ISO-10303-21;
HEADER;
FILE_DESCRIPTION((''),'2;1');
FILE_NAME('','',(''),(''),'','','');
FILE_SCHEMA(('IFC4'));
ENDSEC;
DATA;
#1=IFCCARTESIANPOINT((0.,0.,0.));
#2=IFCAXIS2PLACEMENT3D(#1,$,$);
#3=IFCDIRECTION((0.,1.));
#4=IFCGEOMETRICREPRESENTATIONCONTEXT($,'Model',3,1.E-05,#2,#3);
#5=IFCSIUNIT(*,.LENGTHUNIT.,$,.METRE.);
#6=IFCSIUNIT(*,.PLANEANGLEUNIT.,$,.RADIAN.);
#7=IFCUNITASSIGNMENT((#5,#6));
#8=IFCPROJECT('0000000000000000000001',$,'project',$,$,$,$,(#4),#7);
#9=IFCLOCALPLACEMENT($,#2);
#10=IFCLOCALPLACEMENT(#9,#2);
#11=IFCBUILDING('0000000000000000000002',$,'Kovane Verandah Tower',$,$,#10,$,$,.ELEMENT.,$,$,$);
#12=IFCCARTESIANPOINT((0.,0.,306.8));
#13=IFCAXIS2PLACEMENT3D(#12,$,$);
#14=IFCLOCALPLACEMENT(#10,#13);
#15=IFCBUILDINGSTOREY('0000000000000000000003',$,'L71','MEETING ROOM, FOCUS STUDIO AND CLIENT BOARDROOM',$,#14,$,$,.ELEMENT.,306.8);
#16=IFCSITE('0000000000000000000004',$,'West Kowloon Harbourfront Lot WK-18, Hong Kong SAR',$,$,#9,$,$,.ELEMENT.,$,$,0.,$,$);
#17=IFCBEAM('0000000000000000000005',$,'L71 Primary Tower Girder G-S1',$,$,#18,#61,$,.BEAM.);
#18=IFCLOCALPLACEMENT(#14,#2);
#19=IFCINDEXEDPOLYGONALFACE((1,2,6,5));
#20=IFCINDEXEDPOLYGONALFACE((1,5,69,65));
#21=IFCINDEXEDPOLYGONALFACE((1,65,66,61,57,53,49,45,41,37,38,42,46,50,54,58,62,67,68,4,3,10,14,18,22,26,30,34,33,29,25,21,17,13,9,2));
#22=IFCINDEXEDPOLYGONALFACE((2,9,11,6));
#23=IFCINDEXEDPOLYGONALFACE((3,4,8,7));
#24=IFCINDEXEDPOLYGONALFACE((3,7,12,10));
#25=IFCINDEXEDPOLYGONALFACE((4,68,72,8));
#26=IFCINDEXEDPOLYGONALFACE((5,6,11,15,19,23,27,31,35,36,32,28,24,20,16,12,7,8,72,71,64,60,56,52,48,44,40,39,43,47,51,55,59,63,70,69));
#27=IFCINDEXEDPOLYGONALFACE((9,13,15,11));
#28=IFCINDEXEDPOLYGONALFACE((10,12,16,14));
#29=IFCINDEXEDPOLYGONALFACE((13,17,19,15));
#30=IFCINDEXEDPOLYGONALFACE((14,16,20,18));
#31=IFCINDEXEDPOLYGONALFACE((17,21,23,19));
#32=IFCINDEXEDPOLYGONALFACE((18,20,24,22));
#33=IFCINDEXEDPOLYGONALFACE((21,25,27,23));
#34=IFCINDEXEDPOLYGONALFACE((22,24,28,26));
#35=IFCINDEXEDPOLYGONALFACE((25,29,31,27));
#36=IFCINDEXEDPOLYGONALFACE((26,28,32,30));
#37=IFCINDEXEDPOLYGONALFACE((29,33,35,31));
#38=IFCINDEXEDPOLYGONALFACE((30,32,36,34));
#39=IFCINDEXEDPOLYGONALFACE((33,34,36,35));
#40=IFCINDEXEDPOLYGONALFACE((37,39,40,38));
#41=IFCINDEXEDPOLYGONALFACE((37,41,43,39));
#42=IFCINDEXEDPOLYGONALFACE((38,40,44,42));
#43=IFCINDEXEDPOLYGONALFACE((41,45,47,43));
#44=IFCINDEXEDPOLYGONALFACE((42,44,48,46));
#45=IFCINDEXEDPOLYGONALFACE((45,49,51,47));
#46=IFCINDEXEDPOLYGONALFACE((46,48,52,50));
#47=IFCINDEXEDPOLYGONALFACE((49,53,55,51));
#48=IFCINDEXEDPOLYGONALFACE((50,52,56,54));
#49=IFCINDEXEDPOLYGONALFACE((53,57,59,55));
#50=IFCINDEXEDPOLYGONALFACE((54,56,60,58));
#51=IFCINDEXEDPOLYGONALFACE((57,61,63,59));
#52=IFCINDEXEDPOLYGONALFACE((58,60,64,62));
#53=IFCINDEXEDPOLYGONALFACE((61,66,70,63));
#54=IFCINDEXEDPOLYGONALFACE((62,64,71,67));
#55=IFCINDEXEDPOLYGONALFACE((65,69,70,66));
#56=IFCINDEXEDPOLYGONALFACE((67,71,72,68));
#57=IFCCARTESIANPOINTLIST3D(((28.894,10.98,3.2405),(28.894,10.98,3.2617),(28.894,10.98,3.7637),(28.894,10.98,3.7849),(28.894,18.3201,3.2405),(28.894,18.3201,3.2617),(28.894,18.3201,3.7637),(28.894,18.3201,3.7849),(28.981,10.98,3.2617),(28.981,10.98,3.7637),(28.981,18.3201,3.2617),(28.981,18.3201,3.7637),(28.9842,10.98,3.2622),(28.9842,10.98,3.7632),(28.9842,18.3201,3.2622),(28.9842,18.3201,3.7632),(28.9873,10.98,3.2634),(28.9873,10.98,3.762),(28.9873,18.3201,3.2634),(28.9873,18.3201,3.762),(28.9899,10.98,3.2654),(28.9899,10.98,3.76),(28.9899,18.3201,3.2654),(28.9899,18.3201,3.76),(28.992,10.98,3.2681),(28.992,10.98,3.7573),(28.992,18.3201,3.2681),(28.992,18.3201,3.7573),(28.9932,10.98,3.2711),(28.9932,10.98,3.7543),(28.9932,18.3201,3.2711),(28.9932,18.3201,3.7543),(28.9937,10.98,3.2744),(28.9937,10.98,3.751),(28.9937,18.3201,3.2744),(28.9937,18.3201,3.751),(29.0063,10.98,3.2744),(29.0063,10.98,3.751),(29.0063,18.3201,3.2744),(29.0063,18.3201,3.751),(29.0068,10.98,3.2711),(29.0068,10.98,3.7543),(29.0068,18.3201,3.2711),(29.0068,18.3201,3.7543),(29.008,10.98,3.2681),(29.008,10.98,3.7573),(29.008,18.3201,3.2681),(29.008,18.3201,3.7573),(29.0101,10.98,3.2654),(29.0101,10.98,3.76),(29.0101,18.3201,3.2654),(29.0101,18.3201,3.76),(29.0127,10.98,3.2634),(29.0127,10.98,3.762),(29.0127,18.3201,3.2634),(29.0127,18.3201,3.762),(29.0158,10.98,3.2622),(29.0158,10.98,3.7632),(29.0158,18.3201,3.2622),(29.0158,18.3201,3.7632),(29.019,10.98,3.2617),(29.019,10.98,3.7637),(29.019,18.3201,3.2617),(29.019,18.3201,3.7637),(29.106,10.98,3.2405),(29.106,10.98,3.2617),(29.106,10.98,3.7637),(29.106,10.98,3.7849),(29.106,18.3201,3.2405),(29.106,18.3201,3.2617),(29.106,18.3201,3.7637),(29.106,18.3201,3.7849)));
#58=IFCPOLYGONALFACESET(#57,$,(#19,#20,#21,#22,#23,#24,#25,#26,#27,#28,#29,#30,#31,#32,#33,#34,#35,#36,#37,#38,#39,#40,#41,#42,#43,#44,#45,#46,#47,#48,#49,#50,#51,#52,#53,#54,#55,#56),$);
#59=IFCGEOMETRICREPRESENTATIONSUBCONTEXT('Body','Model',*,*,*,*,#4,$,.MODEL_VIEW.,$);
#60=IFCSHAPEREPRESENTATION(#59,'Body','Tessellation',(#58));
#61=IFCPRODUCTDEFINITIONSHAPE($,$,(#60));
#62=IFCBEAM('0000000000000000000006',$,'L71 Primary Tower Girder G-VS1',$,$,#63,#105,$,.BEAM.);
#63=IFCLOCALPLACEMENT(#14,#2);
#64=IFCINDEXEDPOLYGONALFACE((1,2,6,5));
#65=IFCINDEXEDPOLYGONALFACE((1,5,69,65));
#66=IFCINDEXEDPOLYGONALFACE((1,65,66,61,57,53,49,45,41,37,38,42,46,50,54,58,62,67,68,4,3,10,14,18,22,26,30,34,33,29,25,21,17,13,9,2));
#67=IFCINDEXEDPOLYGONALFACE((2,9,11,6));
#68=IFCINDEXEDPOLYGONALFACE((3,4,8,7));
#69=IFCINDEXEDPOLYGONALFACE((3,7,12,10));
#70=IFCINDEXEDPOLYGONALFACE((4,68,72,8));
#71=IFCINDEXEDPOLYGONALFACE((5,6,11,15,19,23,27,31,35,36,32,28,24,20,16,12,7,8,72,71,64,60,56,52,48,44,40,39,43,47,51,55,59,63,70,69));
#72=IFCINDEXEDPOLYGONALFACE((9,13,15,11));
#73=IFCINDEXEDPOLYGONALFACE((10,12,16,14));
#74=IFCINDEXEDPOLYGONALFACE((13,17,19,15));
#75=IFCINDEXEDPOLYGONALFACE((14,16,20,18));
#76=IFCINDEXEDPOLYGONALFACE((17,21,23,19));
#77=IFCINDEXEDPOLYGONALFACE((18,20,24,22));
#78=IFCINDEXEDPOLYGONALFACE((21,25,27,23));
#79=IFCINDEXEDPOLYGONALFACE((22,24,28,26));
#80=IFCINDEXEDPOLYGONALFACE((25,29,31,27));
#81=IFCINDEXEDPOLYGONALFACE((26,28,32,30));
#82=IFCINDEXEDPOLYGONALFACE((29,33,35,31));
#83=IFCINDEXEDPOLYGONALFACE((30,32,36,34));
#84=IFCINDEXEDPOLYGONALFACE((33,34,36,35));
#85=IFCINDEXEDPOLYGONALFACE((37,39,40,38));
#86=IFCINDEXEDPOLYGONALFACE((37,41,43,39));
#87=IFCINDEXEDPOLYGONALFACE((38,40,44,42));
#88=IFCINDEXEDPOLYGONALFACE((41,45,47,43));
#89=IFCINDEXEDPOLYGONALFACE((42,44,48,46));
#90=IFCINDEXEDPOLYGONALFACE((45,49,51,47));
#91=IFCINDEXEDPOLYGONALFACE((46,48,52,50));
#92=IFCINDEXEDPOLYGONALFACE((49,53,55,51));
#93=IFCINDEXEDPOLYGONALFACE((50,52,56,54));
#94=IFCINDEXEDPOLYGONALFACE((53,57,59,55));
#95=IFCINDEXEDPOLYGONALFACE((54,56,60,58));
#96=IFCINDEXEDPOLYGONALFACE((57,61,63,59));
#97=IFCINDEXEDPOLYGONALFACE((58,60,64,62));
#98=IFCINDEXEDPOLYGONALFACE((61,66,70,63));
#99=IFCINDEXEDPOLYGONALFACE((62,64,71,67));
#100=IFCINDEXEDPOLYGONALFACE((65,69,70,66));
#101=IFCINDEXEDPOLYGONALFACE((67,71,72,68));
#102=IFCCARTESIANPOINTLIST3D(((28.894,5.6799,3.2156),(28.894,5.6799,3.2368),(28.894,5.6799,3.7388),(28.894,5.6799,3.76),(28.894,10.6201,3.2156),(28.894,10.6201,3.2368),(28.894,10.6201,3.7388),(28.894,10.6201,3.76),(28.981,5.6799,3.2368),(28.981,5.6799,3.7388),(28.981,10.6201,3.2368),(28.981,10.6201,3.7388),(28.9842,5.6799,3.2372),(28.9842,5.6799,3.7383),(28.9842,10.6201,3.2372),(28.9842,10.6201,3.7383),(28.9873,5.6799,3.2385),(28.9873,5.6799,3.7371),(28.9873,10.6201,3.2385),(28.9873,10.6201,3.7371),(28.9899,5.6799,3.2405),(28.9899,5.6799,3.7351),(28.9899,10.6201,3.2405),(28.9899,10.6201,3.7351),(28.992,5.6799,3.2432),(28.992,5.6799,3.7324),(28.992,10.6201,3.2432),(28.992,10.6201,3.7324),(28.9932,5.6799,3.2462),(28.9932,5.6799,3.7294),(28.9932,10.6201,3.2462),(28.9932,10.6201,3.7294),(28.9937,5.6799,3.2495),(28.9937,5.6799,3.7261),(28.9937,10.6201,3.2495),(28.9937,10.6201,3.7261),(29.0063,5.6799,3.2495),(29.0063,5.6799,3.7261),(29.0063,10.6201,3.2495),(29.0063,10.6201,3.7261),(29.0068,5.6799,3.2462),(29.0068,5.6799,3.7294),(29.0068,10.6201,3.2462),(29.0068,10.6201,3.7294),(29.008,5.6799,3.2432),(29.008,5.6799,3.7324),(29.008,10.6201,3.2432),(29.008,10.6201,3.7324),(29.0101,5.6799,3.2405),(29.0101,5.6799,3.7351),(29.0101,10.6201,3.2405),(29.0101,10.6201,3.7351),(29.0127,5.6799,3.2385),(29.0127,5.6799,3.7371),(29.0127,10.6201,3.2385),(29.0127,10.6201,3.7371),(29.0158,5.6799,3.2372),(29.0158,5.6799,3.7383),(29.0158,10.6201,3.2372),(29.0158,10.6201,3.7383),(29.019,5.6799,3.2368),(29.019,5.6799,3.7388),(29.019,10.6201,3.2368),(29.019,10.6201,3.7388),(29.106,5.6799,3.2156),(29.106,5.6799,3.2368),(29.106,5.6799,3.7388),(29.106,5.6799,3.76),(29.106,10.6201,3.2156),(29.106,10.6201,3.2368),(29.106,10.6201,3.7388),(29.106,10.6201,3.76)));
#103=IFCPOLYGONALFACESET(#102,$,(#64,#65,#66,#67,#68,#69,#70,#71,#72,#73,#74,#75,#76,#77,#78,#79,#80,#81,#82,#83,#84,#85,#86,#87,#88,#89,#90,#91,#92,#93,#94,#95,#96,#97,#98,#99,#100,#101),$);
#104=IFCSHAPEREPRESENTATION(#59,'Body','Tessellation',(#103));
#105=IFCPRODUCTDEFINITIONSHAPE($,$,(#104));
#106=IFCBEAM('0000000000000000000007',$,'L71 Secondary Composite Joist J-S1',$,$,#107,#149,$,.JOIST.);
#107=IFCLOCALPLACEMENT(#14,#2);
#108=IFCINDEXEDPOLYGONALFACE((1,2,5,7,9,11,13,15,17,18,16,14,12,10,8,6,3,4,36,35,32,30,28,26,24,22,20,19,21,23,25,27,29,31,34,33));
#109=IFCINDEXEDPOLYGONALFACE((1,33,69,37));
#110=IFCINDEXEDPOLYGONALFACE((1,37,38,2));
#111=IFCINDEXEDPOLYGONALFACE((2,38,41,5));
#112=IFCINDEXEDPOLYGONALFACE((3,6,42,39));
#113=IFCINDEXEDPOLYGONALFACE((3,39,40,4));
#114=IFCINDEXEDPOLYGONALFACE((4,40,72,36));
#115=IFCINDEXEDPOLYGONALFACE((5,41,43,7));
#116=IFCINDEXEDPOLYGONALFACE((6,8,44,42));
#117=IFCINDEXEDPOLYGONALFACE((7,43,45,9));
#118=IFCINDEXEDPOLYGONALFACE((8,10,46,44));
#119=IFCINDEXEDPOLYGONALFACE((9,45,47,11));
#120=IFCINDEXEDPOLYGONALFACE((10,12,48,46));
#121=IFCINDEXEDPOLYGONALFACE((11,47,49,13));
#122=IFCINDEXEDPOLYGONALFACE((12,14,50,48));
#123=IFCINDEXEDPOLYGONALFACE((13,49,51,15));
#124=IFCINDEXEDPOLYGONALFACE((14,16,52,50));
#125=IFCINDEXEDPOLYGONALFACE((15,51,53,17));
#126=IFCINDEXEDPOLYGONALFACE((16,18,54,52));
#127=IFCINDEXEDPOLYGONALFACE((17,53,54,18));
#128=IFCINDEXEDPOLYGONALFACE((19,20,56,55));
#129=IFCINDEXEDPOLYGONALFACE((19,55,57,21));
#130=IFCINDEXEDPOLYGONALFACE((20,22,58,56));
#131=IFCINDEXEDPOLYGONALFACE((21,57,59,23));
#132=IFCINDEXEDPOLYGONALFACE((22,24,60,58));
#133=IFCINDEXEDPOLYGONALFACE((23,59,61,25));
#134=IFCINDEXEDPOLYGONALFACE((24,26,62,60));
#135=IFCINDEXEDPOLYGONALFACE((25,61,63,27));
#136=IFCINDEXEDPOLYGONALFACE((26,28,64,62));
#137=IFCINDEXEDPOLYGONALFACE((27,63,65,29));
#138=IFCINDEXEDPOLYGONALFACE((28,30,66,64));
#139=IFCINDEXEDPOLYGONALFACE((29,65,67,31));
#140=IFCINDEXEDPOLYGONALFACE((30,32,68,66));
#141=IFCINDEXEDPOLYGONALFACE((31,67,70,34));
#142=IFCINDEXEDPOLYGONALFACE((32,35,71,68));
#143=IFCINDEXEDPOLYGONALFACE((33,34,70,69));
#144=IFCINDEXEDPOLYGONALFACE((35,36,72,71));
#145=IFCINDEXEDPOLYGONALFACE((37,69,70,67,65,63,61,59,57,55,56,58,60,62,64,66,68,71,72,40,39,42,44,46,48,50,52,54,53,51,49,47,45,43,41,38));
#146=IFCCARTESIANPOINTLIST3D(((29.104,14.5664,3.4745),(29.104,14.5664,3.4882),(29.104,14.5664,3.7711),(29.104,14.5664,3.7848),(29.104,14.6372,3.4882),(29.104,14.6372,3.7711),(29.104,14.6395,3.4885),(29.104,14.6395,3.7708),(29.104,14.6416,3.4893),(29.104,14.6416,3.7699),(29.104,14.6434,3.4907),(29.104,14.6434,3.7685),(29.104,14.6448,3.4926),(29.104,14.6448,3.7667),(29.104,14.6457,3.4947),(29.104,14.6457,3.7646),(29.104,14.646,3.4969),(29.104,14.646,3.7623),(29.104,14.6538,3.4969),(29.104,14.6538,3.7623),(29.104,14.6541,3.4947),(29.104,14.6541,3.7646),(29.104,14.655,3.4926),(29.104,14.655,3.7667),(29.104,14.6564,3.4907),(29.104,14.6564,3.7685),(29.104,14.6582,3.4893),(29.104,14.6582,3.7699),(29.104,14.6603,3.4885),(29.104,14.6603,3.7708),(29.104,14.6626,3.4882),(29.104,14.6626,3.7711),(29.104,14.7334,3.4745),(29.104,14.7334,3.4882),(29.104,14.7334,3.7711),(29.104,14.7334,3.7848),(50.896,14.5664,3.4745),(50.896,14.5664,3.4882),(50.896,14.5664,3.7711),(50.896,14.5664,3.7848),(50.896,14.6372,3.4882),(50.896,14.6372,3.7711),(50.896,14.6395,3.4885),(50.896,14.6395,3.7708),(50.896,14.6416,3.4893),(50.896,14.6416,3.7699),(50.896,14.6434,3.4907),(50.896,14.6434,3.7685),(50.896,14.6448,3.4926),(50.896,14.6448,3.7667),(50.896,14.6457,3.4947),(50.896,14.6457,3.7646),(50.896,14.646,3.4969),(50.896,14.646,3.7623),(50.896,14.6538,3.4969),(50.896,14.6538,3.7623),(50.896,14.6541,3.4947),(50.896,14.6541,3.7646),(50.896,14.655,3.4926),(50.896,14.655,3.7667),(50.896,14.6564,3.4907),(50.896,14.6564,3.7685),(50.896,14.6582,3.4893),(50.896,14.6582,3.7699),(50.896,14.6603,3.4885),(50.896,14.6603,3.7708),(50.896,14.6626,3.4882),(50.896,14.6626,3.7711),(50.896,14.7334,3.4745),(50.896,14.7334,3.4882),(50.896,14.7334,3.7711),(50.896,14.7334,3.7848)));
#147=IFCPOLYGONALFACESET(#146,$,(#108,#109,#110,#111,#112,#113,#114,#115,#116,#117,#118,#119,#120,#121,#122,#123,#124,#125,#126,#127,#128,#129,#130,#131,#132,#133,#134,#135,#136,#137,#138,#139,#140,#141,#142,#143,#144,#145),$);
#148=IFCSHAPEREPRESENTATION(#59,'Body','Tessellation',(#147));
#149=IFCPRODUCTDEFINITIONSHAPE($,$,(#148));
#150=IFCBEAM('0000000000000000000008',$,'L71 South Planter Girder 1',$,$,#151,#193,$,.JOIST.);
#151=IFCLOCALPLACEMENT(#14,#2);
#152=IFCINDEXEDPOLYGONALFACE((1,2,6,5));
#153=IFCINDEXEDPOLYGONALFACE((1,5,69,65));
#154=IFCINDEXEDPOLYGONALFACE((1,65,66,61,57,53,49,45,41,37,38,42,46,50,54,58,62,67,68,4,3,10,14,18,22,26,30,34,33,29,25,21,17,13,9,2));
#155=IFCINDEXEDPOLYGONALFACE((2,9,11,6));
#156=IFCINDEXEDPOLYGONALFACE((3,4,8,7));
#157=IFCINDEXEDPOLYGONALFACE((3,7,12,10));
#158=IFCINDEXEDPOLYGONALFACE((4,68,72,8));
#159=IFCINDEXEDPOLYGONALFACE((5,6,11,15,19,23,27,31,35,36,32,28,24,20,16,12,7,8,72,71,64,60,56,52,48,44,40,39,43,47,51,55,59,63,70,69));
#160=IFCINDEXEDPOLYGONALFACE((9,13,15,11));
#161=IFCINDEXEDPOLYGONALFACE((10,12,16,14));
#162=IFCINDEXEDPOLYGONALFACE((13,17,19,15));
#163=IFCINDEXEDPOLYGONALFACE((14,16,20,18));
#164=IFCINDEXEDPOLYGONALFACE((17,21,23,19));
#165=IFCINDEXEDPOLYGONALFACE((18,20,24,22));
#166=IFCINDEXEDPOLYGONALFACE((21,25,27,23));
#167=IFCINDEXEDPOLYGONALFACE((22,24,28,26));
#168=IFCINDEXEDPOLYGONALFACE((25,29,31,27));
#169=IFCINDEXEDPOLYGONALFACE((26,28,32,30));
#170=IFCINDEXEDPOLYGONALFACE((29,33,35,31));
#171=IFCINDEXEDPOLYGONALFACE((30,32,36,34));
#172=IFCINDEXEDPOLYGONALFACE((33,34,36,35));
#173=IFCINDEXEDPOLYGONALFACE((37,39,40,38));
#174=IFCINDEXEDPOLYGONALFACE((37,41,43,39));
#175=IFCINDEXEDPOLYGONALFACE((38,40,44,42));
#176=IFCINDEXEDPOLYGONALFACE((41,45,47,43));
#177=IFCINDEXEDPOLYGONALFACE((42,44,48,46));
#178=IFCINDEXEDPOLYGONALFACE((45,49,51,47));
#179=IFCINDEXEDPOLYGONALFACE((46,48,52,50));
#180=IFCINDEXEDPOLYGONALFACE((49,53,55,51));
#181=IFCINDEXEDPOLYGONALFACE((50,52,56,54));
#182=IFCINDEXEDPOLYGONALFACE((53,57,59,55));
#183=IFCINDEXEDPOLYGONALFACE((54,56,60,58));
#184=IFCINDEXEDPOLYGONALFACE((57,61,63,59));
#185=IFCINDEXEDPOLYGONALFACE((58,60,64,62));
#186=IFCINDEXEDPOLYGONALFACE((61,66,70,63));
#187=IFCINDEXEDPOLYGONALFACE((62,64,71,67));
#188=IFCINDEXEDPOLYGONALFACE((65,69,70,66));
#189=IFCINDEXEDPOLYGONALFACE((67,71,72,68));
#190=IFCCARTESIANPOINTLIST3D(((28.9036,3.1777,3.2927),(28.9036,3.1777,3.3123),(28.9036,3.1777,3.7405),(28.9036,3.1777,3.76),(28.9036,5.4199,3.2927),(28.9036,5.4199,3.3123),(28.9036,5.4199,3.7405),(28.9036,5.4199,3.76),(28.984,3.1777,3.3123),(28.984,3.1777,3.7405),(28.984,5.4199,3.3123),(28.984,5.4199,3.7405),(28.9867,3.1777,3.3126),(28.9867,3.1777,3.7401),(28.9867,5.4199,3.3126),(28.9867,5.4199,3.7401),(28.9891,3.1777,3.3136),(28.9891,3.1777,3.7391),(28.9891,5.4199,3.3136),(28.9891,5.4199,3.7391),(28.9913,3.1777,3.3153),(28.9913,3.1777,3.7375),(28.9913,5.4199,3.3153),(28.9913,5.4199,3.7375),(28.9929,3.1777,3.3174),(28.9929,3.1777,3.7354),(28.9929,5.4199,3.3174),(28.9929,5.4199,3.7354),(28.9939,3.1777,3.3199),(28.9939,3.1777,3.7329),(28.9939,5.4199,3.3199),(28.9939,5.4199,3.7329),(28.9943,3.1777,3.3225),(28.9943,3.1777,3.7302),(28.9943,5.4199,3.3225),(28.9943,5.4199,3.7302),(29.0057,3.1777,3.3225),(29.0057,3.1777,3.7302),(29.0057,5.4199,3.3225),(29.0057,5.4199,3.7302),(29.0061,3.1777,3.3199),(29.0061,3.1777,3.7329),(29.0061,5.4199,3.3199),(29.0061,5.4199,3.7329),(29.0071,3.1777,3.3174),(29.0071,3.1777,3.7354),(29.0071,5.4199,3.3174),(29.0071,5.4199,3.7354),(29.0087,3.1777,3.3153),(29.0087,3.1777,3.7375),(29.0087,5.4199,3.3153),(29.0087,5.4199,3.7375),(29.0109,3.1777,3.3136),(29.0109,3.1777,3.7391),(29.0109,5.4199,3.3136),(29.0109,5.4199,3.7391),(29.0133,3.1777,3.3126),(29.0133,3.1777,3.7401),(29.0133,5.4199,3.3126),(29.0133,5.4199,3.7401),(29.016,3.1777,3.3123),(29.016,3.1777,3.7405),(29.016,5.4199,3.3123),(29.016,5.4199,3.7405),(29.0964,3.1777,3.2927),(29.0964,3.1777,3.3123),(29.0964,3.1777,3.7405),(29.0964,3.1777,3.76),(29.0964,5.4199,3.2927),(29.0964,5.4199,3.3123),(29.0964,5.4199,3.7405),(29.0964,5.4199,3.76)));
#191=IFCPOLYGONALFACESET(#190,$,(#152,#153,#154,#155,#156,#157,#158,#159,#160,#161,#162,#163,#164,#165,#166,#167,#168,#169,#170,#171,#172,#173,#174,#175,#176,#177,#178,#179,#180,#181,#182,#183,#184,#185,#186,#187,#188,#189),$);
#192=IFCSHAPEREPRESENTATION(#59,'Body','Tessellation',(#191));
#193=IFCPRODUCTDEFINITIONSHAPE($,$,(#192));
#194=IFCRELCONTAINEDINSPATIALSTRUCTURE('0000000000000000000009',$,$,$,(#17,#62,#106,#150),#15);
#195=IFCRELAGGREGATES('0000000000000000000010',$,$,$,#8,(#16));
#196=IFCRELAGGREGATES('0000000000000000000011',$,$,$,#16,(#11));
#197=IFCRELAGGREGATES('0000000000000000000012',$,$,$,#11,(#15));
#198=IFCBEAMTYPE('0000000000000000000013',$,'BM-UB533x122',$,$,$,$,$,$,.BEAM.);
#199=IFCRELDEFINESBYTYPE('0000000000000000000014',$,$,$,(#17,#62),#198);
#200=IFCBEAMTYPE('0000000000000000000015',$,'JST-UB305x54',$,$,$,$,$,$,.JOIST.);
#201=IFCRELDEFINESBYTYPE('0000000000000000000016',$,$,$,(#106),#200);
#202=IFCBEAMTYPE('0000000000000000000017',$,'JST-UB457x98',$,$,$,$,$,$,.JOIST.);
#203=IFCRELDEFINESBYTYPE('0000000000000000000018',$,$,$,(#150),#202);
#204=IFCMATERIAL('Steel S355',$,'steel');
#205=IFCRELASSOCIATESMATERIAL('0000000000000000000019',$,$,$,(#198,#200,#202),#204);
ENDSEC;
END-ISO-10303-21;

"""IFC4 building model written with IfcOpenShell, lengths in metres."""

from ifc_helpers import new_model, si_unit, direction, frame, origin, origin_2d, place, context, subcontext, project, spatial, i_section, extrude, material, material_profile, profile_set, type_object, element, save


model = new_model("IFC4")

# Units and contexts
model_context = context("Model", 3, precision=1e-05, world=origin(), true_north=direction((0.0, 1.0)))
body_context = subcontext(model_context, "Body", "Model", "MODEL_VIEW")
ifc_project = project(units=[si_unit("LENGTHUNIT", "METRE"), si_unit("PLANEANGLEUNIT", "RADIAN")], contexts=[model_context])

# Site, building, storey
site_placement = place(None, origin())
site = spatial("IfcSite", under=ifc_project, at=site_placement, Name="West Kowloon Harbourfront Lot WK-18, Hong Kong SAR", CompositionType="ELEMENT", RefElevation=0.0)
building_placement = place(site_placement, origin())
building = spatial("IfcBuilding", under=site, at=building_placement, Name="Kovane Verandah Tower", CompositionType="ELEMENT")
storey_placement = place(building_placement, frame((0.0, 0.0, 306.8)))
storey = spatial("IfcBuildingStorey", under=building, at=storey_placement, Name="L71", Description="MEETING ROOM, FOCUS STUDIO AND CLIENT BOARDROOM", CompositionType="ELEMENT", Elevation=306.8)

# Beams
ifc_material_1 = material(Name="Steel S355", Category="steel")
ifc_material_profile_1 = material_profile(ifc_material_1, i_section(OverallWidth=0.2119, OverallDepth=0.5444, WebThickness=0.0127, FlangeThickness=0.0212, FilletRadius=0.0127, at=origin_2d()), Name="UB533x210x122")
ifc_profile_set_1 = profile_set([ifc_material_profile_1], Name="Steel S355")
beam_type_1 = type_object("IfcBeamType", Name="BM-UB533x122", PredefinedType="BEAM", material=ifc_profile_set_1)
beam_1_placement = place(storey_placement, frame((29.0, 18.3201, 3.5127), z_axis=(0.0, -1.0, 0.0), x_axis=(1.0, 0.0, 0.0)))
element("IfcBeam", 1, at=beam_1_placement, inside=storey, type_object=beam_type_1, Name="L71 Primary Tower Girder G-S1", PredefinedType="BEAM", context=body_context, shape_type="SweptSolid", body=[
    extrude(i_section(OverallWidth=0.2119, OverallDepth=0.5444, WebThickness=0.0127, FlangeThickness=0.0212, FilletRadius=0.0127, at=origin_2d()), origin(), (0.0, 0.0, 1.0), 7.3401),
])
beam_2_placement = place(storey_placement, frame((29.0, 10.6201, 3.4878), z_axis=(0.0, -1.0, 0.0), x_axis=(1.0, 0.0, 0.0)))
element("IfcBeam", 2, at=beam_2_placement, inside=storey, type_object=beam_type_1, Name="L71 Primary Tower Girder G-VS1", PredefinedType="BEAM", context=body_context, shape_type="SweptSolid", body=[
    extrude(i_section(OverallWidth=0.2119, OverallDepth=0.5444, WebThickness=0.0127, FlangeThickness=0.0212, FilletRadius=0.0127, at=origin_2d()), origin(), (0.0, 0.0, 1.0), 4.9402),
])
ifc_material_profile_2 = material_profile(ifc_material_1, i_section(OverallWidth=0.167, OverallDepth=0.3103, WebThickness=0.0078, FlangeThickness=0.0137, FilletRadius=0.0088, at=origin_2d()), Name="UB305x165x54")
ifc_profile_set_2 = profile_set([ifc_material_profile_2], Name="Steel S355")
beam_type_2 = type_object("IfcBeamType", Name="JST-UB305x54", PredefinedType="JOIST", material=ifc_profile_set_2)
beam_3_placement = place(storey_placement, frame((29.104, 14.6499, 3.6296), z_axis=(1.0, 0.0, 0.0), x_axis=(0.0, 1.0, 0.0)))
element("IfcBeam", 3, at=beam_3_placement, inside=storey, type_object=beam_type_2, Name="L71 Secondary Composite Joist J-S1", PredefinedType="JOIST", context=body_context, shape_type="SweptSolid", body=[
    extrude(i_section(OverallWidth=0.167, OverallDepth=0.3103, WebThickness=0.0078, FlangeThickness=0.0137, FilletRadius=0.0088, at=origin_2d()), origin(), (0.0, 0.0, 1.0), 21.792),
])
ifc_material_profile_3 = material_profile(ifc_material_1, i_section(OverallWidth=0.1929, OverallDepth=0.4673, WebThickness=0.0115, FlangeThickness=0.0195, FilletRadius=0.0103, at=origin_2d()), Name="UB457x191x98")
ifc_profile_set_3 = profile_set([ifc_material_profile_3], Name="Steel S355")
beam_type_3 = type_object("IfcBeamType", Name="JST-UB457x98", PredefinedType="JOIST", material=ifc_profile_set_3)
beam_4_placement = place(storey_placement, frame((29.0, 5.4199, 3.5264), z_axis=(0.0, -1.0, 0.0), x_axis=(1.0, 0.0, 0.0)))
element("IfcBeam", 4, at=beam_4_placement, inside=storey, type_object=beam_type_3, Name="L71 South Planter Girder 1", PredefinedType="JOIST", context=body_context, shape_type="SweptSolid", body=[
    extrude(i_section(OverallWidth=0.1929, OverallDepth=0.4673, WebThickness=0.0115, FlangeThickness=0.0195, FilletRadius=0.0103, at=origin_2d()), origin(), (0.0, 0.0, 1.0), 2.2422),
])

save(model, "model.ifc")
